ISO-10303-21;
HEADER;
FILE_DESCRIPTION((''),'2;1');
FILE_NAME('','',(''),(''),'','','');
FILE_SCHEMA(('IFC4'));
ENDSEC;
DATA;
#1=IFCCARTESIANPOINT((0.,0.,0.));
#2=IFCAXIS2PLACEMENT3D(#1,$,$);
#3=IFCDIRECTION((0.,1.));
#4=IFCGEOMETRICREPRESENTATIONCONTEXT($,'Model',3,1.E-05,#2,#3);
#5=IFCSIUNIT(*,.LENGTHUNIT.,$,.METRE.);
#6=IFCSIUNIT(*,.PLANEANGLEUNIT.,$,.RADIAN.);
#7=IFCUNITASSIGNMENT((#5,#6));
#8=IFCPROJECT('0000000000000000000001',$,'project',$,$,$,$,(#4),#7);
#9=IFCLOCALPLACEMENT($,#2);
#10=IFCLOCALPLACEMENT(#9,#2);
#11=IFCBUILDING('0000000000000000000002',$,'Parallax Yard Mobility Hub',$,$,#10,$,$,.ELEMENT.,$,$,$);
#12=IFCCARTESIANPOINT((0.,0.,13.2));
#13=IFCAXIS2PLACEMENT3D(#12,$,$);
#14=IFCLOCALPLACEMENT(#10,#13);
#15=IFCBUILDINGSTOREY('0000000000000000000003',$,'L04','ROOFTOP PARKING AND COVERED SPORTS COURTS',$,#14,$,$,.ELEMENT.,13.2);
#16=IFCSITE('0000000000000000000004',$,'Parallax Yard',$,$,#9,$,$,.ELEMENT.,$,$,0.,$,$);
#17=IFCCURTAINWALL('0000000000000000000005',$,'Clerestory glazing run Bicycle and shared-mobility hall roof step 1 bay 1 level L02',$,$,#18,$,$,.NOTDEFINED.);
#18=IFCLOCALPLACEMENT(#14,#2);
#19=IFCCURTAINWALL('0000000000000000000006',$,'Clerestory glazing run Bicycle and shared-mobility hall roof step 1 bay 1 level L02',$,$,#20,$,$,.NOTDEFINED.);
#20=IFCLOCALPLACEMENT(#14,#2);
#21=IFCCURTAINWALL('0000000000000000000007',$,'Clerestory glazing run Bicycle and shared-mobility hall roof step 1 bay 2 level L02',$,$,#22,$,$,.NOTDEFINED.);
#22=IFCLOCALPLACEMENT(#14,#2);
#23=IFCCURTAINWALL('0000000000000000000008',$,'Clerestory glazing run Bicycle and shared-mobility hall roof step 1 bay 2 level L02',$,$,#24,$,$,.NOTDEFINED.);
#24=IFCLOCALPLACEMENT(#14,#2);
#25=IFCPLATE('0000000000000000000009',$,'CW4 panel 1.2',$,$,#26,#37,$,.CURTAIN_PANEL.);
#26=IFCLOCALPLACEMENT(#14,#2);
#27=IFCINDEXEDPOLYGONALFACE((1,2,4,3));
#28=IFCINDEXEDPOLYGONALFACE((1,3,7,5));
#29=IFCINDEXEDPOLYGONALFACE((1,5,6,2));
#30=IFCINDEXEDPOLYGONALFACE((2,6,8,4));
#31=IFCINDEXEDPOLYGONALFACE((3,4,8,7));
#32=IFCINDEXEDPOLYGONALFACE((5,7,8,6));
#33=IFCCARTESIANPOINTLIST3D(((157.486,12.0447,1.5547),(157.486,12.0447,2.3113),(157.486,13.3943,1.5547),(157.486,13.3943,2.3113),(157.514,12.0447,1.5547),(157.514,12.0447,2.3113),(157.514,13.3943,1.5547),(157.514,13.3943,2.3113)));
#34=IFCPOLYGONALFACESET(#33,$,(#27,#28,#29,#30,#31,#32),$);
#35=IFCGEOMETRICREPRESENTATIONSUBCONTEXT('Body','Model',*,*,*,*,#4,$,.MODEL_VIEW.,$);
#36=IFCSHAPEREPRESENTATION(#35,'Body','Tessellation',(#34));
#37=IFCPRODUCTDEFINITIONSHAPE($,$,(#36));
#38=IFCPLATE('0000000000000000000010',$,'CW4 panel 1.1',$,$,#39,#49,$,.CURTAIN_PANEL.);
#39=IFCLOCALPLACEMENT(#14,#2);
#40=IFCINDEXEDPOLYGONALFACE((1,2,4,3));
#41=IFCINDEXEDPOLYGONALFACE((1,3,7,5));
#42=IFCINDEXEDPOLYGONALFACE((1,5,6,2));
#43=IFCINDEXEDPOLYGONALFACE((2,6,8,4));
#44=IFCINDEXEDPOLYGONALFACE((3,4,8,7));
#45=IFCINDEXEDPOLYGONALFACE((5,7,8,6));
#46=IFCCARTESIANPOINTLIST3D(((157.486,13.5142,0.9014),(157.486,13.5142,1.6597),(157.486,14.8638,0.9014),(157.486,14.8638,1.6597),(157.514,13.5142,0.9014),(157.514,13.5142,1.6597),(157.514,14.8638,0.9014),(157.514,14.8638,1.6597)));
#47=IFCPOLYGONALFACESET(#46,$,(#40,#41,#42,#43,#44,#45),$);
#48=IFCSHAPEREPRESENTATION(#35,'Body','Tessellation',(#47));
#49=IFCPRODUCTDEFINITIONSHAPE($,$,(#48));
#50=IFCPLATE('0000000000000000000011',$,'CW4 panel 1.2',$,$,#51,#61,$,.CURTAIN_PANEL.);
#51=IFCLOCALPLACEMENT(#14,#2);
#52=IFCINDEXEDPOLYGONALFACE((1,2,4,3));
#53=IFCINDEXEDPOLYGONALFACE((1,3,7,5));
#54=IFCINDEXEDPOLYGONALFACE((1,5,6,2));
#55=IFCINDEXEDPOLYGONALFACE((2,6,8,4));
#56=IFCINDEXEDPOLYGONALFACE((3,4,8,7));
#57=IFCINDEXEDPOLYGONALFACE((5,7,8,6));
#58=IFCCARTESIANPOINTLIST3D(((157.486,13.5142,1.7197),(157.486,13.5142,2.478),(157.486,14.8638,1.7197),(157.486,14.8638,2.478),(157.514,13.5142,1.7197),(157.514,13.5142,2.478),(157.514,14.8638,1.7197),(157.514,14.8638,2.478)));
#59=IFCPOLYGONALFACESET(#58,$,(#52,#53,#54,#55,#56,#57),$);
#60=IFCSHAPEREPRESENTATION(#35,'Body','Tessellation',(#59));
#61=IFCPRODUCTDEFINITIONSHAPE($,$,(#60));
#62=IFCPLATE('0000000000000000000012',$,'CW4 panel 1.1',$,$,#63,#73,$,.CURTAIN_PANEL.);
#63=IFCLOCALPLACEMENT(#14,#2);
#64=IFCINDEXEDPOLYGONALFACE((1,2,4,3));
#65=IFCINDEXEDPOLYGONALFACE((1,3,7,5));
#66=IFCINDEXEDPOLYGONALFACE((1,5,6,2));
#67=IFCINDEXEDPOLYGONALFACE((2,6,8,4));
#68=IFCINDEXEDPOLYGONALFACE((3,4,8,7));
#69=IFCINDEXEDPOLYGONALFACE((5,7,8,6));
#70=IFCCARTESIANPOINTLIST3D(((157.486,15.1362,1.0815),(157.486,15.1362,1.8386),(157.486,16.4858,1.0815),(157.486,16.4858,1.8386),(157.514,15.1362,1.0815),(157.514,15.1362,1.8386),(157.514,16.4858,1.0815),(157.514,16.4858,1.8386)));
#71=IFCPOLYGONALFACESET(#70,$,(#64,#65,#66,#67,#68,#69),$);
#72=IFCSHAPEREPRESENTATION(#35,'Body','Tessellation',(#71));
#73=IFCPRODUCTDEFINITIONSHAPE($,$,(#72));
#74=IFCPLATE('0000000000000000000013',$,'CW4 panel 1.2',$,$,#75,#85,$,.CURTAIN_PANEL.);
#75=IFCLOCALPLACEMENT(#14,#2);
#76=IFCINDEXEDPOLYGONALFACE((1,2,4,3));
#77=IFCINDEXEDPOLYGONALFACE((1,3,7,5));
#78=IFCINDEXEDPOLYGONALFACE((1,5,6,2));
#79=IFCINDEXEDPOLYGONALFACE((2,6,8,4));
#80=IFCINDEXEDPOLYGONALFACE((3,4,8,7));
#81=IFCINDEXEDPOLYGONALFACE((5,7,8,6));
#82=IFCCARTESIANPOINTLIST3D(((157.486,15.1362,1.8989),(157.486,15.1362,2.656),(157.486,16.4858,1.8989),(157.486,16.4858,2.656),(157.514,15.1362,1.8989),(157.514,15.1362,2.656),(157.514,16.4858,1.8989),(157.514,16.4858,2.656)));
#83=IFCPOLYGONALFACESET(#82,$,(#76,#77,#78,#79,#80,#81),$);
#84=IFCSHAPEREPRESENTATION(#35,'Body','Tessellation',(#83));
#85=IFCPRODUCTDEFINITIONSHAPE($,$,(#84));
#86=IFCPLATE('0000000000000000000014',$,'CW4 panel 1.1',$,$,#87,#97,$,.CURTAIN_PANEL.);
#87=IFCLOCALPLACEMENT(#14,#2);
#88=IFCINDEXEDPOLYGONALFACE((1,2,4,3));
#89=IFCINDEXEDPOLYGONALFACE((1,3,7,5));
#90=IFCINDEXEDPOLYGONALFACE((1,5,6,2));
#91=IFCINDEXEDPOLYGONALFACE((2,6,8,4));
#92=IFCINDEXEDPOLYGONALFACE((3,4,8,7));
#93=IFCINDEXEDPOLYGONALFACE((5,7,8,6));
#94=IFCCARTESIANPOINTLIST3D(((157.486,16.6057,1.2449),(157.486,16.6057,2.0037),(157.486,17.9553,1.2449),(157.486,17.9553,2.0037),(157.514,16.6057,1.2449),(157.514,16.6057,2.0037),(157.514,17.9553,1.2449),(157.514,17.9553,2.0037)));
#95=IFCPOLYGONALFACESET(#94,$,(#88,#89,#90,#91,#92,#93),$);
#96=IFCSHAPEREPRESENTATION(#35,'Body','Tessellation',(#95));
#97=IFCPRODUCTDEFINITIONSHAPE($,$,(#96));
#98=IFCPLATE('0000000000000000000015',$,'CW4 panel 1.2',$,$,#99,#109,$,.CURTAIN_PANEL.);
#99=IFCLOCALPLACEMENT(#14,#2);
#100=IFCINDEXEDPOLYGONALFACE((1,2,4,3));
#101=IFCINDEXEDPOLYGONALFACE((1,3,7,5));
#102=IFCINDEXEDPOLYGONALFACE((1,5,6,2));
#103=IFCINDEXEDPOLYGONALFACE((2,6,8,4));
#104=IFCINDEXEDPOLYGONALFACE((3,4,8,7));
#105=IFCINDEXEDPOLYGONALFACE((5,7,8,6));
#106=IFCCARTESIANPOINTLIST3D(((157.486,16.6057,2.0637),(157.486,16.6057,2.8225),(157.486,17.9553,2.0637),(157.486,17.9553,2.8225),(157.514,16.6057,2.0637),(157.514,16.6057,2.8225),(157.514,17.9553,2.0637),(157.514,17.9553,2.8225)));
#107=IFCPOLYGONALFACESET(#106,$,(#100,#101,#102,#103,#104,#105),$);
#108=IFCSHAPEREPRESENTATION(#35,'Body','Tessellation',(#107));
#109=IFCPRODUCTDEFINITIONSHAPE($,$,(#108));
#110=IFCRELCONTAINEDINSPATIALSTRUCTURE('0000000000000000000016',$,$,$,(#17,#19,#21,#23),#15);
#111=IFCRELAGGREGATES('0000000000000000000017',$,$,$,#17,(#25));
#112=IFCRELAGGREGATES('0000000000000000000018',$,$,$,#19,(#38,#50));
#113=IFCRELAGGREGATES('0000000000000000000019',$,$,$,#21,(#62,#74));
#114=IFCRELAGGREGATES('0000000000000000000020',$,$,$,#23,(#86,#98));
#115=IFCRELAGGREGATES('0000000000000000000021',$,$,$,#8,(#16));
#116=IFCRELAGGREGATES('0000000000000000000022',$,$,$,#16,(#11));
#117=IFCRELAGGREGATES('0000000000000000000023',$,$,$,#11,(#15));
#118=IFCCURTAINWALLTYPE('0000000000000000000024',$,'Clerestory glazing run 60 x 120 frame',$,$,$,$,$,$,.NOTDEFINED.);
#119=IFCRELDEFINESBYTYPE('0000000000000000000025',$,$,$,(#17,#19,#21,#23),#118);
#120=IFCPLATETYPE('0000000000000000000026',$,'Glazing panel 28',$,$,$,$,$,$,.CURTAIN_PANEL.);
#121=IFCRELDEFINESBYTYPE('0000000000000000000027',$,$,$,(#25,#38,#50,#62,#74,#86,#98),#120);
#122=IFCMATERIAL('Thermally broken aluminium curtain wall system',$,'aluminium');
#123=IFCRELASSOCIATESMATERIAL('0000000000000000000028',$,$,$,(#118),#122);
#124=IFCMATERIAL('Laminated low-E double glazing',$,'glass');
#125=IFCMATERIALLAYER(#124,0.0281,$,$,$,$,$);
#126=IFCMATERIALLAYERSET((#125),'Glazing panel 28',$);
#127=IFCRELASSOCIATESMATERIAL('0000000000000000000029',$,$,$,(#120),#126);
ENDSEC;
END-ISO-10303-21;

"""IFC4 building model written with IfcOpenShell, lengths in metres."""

from ifc_helpers import new_model, si_unit, direction, frame, origin, origin_2d, place, context, subcontext, project, spatial, rectangle, extrude, material, layer, layer_set, type_object, element, aggregate, save


model = new_model("IFC4")

# Units and contexts
model_context = context("Model", 3, precision=1e-05, world=origin(), true_north=direction((0.0, 1.0)))
body_context = subcontext(model_context, "Body", "Model", "MODEL_VIEW")
ifc_project = project(units=[si_unit("LENGTHUNIT", "METRE"), si_unit("PLANEANGLEUNIT", "RADIAN")], contexts=[model_context])

# Site, building, storey
site_placement = place(None, origin())
site = spatial("IfcSite", under=ifc_project, at=site_placement, Name="Parallax Yard", CompositionType="ELEMENT", RefElevation=0.0)
building_placement = place(site_placement, origin())
building = spatial("IfcBuilding", under=site, at=building_placement, Name="Parallax Yard Mobility Hub", CompositionType="ELEMENT")
storey_placement = place(building_placement, frame((0.0, 0.0, 13.2)))
storey = spatial("IfcBuildingStorey", under=building, at=storey_placement, Name="L04", Description="ROOFTOP PARKING AND COVERED SPORTS COURTS", CompositionType="ELEMENT", Elevation=13.2)

# Curtain wall
ifc_material_1 = material(Name="Thermally broken aluminium curtain wall system", Category="aluminium")
curtain_wall_type = type_object("IfcCurtainWallType", Name="Clerestory glazing run 60 x 120 frame", PredefinedType="NOTDEFINED", material=ifc_material_1)
curtain_wall_1_placement = place(storey_placement, origin())
curtain_wall_1 = element("IfcCurtainWall", 1, at=curtain_wall_1_placement, inside=storey, type_object=curtain_wall_type, Name="Clerestory glazing run Bicycle and shared-mobility hall roof step 1 bay 1 level L02", PredefinedType="NOTDEFINED")

# Curtain walls
curtain_wall_2_placement = place(storey_placement, origin())
curtain_wall_2 = element("IfcCurtainWall", 2, at=curtain_wall_2_placement, inside=storey, type_object=curtain_wall_type, Name="Clerestory glazing run Bicycle and shared-mobility hall roof step 1 bay 1 level L02", PredefinedType="NOTDEFINED")
curtain_wall_3_placement = place(storey_placement, origin())
curtain_wall_3 = element("IfcCurtainWall", 3, at=curtain_wall_3_placement, inside=storey, type_object=curtain_wall_type, Name="Clerestory glazing run Bicycle and shared-mobility hall roof step 1 bay 2 level L02", PredefinedType="NOTDEFINED")

# Curtain wall
curtain_wall_4_placement = place(storey_placement, origin())
curtain_wall_4 = element("IfcCurtainWall", 4, at=curtain_wall_4_placement, inside=storey, type_object=curtain_wall_type, Name="Clerestory glazing run Bicycle and shared-mobility hall roof step 1 bay 2 level L02", PredefinedType="NOTDEFINED")

# Plates
ifc_material_2 = material(Name="Laminated low-E double glazing", Category="glass")
ifc_layer = layer(ifc_material_2, 0.0281)
ifc_layer_set = layer_set([ifc_layer], Name="Glazing panel 28")
plate_type = type_object("IfcPlateType", Name="Glazing panel 28", PredefinedType="CURTAIN_PANEL", material=ifc_layer_set)
plate_1_placement = place(storey_placement, frame((157.5, 12.7195, 1.5547), z_axis=(0.0, 0.0, 1.0), x_axis=(0.0, 1.0, 0.0)))
plate_1 = element("IfcPlate", 5, at=plate_1_placement, type_object=plate_type, Name="CW4 panel 1.2", PredefinedType="CURTAIN_PANEL", context=body_context, shape_type="SweptSolid", body=[
    extrude(rectangle(XDim=1.3496, YDim=0.0281, at=origin_2d()), origin(), (0.0, 0.0, 1.0), 0.7566),
])
aggregate(curtain_wall_1, [plate_1])
plate_2_placement = place(storey_placement, frame((157.5, 14.189, 0.9014), z_axis=(0.0, 0.0, 1.0), x_axis=(0.0, 1.0, 0.0)))
plate_2 = element("IfcPlate", 6, at=plate_2_placement, type_object=plate_type, Name="CW4 panel 1.1", PredefinedType="CURTAIN_PANEL", context=body_context, shape_type="SweptSolid", body=[
    extrude(rectangle(XDim=1.3496, YDim=0.0281, at=origin_2d()), origin(), (0.0, 0.0, 1.0), 0.7583),
])
plate_3_placement = place(storey_placement, frame((157.5, 14.189, 1.7197), z_axis=(0.0, 0.0, 1.0), x_axis=(0.0, 1.0, 0.0)))
plate_3 = element("IfcPlate", 7, at=plate_3_placement, type_object=plate_type, Name="CW4 panel 1.2", PredefinedType="CURTAIN_PANEL", context=body_context, shape_type="SweptSolid", body=[
    extrude(rectangle(XDim=1.3496, YDim=0.0281, at=origin_2d()), origin(), (0.0, 0.0, 1.0), 0.7583),
])
aggregate(curtain_wall_2, [plate_2, plate_3])
plate_4_placement = place(storey_placement, frame((157.5, 15.811, 1.0815), z_axis=(0.0, 0.0, 1.0), x_axis=(0.0, 1.0, 0.0)))
plate_4 = element("IfcPlate", 8, at=plate_4_placement, type_object=plate_type, Name="CW4 panel 1.1", PredefinedType="CURTAIN_PANEL", context=body_context, shape_type="SweptSolid", body=[
    extrude(rectangle(XDim=1.3496, YDim=0.0281, at=origin_2d()), origin(), (0.0, 0.0, 1.0), 0.7571),
])
plate_5_placement = place(storey_placement, frame((157.5, 15.811, 1.8989), z_axis=(0.0, 0.0, 1.0), x_axis=(0.0, 1.0, 0.0)))
plate_5 = element("IfcPlate", 9, at=plate_5_placement, type_object=plate_type, Name="CW4 panel 1.2", PredefinedType="CURTAIN_PANEL", context=body_context, shape_type="SweptSolid", body=[
    extrude(rectangle(XDim=1.3496, YDim=0.0281, at=origin_2d()), origin(), (0.0, 0.0, 1.0), 0.7571),
])
aggregate(curtain_wall_3, [plate_4, plate_5])
plate_6_placement = place(storey_placement, frame((157.5, 17.2805, 1.2449), z_axis=(0.0, 0.0, 1.0), x_axis=(0.0, 1.0, 0.0)))
plate_6 = element("IfcPlate", 10, at=plate_6_placement, type_object=plate_type, Name="CW4 panel 1.1", PredefinedType="CURTAIN_PANEL", context=body_context, shape_type="SweptSolid", body=[
    extrude(rectangle(XDim=1.3496, YDim=0.0281, at=origin_2d()), origin(), (0.0, 0.0, 1.0), 0.7588),
])
plate_7_placement = place(storey_placement, frame((157.5, 17.2805, 2.0637), z_axis=(0.0, 0.0, 1.0), x_axis=(0.0, 1.0, 0.0)))
plate_7 = element("IfcPlate", 11, at=plate_7_placement, type_object=plate_type, Name="CW4 panel 1.2", PredefinedType="CURTAIN_PANEL", context=body_context, shape_type="SweptSolid", body=[
    extrude(rectangle(XDim=1.3496, YDim=0.0281, at=origin_2d()), origin(), (0.0, 0.0, 1.0), 0.7588),
])
aggregate(curtain_wall_4, [plate_6, plate_7])

save(model, "model.ifc")
